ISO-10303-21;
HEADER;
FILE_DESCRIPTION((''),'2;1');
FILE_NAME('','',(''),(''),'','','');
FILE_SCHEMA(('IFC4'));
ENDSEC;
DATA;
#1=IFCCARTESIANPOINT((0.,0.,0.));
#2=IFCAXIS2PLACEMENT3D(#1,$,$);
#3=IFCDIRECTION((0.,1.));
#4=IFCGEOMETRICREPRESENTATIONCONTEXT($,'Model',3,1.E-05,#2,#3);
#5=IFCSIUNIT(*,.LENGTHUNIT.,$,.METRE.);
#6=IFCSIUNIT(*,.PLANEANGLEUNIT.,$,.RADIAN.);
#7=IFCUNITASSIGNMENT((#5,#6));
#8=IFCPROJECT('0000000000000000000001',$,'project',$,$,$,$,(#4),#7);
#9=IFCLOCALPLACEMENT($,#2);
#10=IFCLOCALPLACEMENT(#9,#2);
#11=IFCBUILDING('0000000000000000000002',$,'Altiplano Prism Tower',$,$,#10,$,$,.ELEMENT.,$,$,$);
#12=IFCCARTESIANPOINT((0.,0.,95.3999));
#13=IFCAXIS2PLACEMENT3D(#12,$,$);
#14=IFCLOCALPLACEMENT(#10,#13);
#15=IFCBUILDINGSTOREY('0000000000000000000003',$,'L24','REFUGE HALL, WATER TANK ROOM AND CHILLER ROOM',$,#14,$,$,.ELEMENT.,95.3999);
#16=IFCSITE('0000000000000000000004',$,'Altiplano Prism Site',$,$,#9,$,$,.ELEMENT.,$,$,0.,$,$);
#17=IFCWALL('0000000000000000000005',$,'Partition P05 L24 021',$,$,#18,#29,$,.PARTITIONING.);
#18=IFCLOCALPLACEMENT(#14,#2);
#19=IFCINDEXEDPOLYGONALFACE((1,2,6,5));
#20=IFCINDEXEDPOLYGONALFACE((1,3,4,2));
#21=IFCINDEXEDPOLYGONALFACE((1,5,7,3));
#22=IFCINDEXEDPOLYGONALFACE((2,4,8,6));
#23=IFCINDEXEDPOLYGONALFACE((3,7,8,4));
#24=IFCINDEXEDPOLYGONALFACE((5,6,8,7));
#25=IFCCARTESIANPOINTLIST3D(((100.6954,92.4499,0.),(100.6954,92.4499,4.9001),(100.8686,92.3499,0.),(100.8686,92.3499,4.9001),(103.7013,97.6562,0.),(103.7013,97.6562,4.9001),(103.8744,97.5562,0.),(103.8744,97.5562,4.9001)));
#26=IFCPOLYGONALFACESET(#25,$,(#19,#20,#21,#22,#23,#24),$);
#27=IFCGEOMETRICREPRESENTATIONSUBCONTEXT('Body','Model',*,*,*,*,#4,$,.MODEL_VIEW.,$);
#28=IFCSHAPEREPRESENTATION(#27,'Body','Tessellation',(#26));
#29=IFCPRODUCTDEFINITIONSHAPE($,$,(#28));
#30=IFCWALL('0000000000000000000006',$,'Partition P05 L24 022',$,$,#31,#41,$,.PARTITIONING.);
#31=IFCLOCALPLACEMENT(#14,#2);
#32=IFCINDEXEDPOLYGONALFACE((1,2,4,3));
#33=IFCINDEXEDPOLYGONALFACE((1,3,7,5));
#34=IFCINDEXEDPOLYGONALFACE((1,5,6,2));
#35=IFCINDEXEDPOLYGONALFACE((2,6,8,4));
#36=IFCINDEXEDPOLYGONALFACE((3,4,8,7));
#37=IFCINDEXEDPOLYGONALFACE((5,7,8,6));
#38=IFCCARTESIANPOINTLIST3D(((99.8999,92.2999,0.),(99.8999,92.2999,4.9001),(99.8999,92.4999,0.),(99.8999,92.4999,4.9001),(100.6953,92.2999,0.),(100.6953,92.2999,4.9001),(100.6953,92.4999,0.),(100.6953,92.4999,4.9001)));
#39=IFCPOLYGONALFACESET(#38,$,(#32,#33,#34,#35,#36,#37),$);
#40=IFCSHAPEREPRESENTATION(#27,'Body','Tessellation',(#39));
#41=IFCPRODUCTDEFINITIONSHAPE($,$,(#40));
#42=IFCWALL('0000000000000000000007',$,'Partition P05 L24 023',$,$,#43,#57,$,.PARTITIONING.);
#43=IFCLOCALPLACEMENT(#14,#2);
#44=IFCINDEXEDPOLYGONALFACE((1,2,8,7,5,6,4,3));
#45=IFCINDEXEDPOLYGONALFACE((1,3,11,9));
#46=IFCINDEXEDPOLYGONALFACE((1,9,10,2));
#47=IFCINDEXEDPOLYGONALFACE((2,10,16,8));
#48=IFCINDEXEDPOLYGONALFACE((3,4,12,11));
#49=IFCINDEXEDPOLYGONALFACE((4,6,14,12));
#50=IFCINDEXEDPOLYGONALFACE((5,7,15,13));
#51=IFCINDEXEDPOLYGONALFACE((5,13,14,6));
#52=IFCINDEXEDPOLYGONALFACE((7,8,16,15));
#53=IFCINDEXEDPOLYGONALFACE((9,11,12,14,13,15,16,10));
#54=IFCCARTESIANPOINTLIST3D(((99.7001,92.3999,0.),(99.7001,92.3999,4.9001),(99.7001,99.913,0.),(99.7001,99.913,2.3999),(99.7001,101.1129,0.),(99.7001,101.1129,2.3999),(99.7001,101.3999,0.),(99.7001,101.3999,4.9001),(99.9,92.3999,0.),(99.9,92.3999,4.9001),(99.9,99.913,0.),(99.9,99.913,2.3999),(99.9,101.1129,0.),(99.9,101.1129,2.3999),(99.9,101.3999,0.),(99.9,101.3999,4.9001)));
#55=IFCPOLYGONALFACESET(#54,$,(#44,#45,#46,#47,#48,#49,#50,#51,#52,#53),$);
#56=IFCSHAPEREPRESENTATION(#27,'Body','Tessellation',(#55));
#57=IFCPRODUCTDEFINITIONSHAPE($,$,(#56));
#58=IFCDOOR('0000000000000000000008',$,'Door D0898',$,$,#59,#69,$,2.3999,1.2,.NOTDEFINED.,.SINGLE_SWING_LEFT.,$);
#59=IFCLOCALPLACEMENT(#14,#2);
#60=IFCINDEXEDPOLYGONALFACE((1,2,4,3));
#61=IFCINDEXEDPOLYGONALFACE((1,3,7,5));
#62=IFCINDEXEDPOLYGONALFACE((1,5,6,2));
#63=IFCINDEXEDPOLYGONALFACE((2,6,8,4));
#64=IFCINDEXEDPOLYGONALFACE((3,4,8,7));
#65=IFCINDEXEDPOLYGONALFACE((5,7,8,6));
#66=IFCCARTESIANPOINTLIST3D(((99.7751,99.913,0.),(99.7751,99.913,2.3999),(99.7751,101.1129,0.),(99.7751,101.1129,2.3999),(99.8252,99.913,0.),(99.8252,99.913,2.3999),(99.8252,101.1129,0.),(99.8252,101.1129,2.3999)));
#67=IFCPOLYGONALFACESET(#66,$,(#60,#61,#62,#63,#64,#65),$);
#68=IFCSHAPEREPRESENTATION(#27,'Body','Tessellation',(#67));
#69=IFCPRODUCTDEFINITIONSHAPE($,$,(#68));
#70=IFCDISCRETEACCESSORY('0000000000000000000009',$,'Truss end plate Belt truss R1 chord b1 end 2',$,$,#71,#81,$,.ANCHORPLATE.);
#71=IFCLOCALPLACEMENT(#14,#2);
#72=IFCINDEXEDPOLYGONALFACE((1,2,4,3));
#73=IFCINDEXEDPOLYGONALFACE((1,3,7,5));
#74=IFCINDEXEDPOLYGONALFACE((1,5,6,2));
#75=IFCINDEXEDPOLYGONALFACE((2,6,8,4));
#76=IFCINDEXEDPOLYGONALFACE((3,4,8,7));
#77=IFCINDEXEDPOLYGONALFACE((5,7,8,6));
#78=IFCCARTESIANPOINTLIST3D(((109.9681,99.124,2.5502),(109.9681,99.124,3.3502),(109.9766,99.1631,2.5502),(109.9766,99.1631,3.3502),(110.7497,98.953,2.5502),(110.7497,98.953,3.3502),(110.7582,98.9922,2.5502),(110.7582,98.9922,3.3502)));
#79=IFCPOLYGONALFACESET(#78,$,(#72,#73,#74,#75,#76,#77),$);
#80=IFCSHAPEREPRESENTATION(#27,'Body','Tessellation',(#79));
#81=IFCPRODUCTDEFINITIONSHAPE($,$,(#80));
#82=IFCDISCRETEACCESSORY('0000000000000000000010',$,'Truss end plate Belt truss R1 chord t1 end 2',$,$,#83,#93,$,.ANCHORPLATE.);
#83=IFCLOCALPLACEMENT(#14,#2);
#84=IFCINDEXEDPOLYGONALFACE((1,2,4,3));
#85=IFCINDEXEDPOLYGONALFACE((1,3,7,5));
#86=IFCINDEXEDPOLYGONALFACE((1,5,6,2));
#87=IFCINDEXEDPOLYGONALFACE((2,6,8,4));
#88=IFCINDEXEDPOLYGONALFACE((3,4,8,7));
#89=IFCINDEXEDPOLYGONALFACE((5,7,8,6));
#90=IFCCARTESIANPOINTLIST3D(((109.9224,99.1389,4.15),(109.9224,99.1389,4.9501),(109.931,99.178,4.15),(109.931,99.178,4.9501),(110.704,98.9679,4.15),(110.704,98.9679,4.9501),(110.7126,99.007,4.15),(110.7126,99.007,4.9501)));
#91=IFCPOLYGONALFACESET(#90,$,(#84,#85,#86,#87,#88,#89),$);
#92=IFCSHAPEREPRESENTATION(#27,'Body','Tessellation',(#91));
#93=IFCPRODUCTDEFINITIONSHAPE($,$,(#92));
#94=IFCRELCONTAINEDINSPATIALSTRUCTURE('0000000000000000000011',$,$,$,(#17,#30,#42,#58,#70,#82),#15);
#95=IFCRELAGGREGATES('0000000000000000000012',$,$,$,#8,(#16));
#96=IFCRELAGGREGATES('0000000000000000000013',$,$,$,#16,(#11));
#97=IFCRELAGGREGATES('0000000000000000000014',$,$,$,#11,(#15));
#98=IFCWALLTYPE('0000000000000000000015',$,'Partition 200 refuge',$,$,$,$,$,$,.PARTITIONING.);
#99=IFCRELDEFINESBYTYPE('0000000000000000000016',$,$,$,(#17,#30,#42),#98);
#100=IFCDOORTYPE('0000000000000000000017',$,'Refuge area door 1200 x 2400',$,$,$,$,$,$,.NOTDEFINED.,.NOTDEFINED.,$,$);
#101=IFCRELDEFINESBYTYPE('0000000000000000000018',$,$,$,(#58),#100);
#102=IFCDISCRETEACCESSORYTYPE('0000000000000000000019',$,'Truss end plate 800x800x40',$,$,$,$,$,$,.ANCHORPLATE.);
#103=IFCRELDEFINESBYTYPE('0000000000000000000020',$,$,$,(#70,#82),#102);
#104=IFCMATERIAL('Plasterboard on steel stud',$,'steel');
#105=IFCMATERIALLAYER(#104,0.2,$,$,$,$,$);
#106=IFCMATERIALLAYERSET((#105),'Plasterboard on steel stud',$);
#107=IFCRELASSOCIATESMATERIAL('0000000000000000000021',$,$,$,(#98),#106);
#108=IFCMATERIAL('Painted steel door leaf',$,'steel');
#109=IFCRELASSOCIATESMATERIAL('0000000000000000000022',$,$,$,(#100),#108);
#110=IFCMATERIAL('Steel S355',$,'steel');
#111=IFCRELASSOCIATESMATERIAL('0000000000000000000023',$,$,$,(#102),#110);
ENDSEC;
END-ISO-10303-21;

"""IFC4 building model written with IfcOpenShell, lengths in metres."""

from ifc_helpers import new_model, si_unit, direction, frame, frame_2d, origin, origin_2d, place, context, subcontext, project, spatial, rectangle, extrude, material, layer, layer_set, material_profile, profile_set, type_object, element, fill, save


model = new_model("IFC4")

# Units and contexts
model_context = context("Model", 3, precision=1e-05, world=origin(), true_north=direction((0.0, 1.0)))
body_context = subcontext(model_context, "Body", "Model", "MODEL_VIEW")
ifc_project = project(units=[si_unit("LENGTHUNIT", "METRE"), si_unit("PLANEANGLEUNIT", "RADIAN")], contexts=[model_context])

# Site, building, storey
site_placement = place(None, origin())
site = spatial("IfcSite", under=ifc_project, at=site_placement, Name="Altiplano Prism Site", CompositionType="ELEMENT", RefElevation=0.0)
building_placement = place(site_placement, origin())
building = spatial("IfcBuilding", under=site, at=building_placement, Name="Altiplano Prism Tower", CompositionType="ELEMENT")
storey_placement = place(building_placement, frame((0.0, 0.0, 95.3999)))
storey = spatial("IfcBuildingStorey", under=building, at=storey_placement, Name="L24", Description="REFUGE HALL, WATER TANK ROOM AND CHILLER ROOM", CompositionType="ELEMENT", Elevation=95.3999)

# Shared definitions
ifc_material_1 = material(Name="Steel S355", Category="steel")

# Walls
ifc_material_2 = material(Name="Plasterboard on steel stud", Category="steel")
ifc_layer_1 = layer(ifc_material_2, 0.2)
ifc_layer_set_1 = layer_set([ifc_layer_1], Name="Plasterboard on steel stud")
wall_type_1 = type_object("IfcWallType", Name="Partition 200 refuge", PredefinedType="PARTITIONING", material=ifc_layer_set_1)
wall_1_placement = place(storey_placement, frame((103.7878, 97.6062, 0.0), z_axis=(0.0, 0.0, 1.0), x_axis=(-0.5, -0.866025, 0.0)))
element("IfcWall", 1, at=wall_1_placement, inside=storey, type_object=wall_type_1, Name="Partition P05 L24 021", PredefinedType="PARTITIONING", context=body_context, shape_type="SweptSolid", body=[
    extrude(rectangle(XDim=6.0117, YDim=0.2, at=frame_2d((3.0059, 0.0))), origin(), (0.0, 0.0, 1.0), 4.9001),
])
wall_2_placement = place(storey_placement, frame((100.6953, 92.3999, 0.0), z_axis=(0.0, 0.0, 1.0), x_axis=(-1.0, 0.0, 0.0)))
element("IfcWall", 2, at=wall_2_placement, inside=storey, type_object=wall_type_1, Name="Partition P05 L24 022", PredefinedType="PARTITIONING", context=body_context, shape_type="SweptSolid", body=[
    extrude(rectangle(XDim=0.7954, YDim=0.2, at=frame_2d((0.3977, 0.0))), origin(), (0.0, 0.0, 1.0), 4.9001),
])

# Wall, opening, door
wall_3_placement = place(storey_placement, frame((99.8, 92.3999, 0.0), z_axis=(0.0, 0.0, 1.0), x_axis=(0.0, 1.0, 0.0)))
wall_3 = element("IfcWall", 3, at=wall_3_placement, inside=storey, type_object=wall_type_1, Name="Partition P05 L24 023", PredefinedType="PARTITIONING", context=body_context, shape_type="SweptSolid", body=[
    extrude(rectangle(XDim=9.0, YDim=0.2, at=frame_2d((4.5, 0.0))), origin(), (0.0, 0.0, 1.0), 4.9001),
])
opening_placement = place(wall_3_placement, frame((7.5129, 0.0, 0.0)))
opening = element("IfcOpeningElement", 4, at=opening_placement, cuts=wall_3, PredefinedType="OPENING", context=body_context, shape_type="SweptSolid", body=[
    extrude(rectangle(XDim=1.2, YDim=2.3999, at=frame_2d((0.6001, 1.2))), frame((0.0, 0.1104, 0.0), z_axis=(0.0, -1.0, 0.0), x_axis=(1.0, 0.0, 0.0)), (0.0, 0.0, 1.0), 0.2209),
])
ifc_material_3 = material(Name="Painted steel door leaf", Category="steel")
door_type = type_object("IfcDoorType", Name="Refuge area door 1200 x 2400", OperationType="NOTDEFINED", PredefinedType="NOTDEFINED", material=ifc_material_3)
door_placement = place(opening_placement, origin())
door = element("IfcDoor", 5, at=door_placement, inside=storey, type_object=door_type, Name="Door D0898", OperationType="SINGLE_SWING_LEFT", OverallHeight=2.3999, OverallWidth=1.2, PredefinedType="NOTDEFINED", context=body_context, shape_type="SweptSolid", body=[
    extrude(rectangle(XDim=1.2, YDim=2.3999, at=frame_2d((0.6001, 1.2))), frame((0.0, 0.0249, 0.0), z_axis=(0.0, -1.0, 0.0), x_axis=(1.0, 0.0, 0.0)), (0.0, 0.0, 1.0), 0.05),
])
fill(opening, door)

# Discrete accessories
ifc_material_profile_1 = material_profile(ifc_material_1, rectangle(XDim=0.8, YDim=0.8, at=origin_2d()), Name="Truss end plate 800x800x40")
ifc_profile_set_1 = profile_set([ifc_material_profile_1], Name="Steel S355")
discrete_accessory_type = type_object("IfcDiscreteAccessoryType", Name="Truss end plate 800x800x40", PredefinedType="ANCHORPLATE", material=ifc_profile_set_1)
for number, where, z_axis, x_axis, name in (
    (6, (110.3674, 99.0776, 2.9502), (-0.213697, -0.9769, 0.0), (0.9769, -0.213697, 0.0), "Truss end plate Belt truss R1 chord b1 end 2"),
    (7, (110.3218, 99.0925, 4.55), (-0.213697, -0.9769, 0.0), (0.9769, -0.213697, 0.0), "Truss end plate Belt truss R1 chord t1 end 2"),
):
    element("IfcDiscreteAccessory", number, at=place(storey_placement, frame(where, z_axis=z_axis, x_axis=x_axis)), inside=storey, type_object=discrete_accessory_type, Name=name, PredefinedType="ANCHORPLATE", context=body_context, shape_type="SweptSolid", body=[
        extrude(rectangle(XDim=0.8, YDim=0.8, at=origin_2d()), origin(), (0.0, 0.0, 1.0), 0.04),
    ])

save(model, "model.ifc")
